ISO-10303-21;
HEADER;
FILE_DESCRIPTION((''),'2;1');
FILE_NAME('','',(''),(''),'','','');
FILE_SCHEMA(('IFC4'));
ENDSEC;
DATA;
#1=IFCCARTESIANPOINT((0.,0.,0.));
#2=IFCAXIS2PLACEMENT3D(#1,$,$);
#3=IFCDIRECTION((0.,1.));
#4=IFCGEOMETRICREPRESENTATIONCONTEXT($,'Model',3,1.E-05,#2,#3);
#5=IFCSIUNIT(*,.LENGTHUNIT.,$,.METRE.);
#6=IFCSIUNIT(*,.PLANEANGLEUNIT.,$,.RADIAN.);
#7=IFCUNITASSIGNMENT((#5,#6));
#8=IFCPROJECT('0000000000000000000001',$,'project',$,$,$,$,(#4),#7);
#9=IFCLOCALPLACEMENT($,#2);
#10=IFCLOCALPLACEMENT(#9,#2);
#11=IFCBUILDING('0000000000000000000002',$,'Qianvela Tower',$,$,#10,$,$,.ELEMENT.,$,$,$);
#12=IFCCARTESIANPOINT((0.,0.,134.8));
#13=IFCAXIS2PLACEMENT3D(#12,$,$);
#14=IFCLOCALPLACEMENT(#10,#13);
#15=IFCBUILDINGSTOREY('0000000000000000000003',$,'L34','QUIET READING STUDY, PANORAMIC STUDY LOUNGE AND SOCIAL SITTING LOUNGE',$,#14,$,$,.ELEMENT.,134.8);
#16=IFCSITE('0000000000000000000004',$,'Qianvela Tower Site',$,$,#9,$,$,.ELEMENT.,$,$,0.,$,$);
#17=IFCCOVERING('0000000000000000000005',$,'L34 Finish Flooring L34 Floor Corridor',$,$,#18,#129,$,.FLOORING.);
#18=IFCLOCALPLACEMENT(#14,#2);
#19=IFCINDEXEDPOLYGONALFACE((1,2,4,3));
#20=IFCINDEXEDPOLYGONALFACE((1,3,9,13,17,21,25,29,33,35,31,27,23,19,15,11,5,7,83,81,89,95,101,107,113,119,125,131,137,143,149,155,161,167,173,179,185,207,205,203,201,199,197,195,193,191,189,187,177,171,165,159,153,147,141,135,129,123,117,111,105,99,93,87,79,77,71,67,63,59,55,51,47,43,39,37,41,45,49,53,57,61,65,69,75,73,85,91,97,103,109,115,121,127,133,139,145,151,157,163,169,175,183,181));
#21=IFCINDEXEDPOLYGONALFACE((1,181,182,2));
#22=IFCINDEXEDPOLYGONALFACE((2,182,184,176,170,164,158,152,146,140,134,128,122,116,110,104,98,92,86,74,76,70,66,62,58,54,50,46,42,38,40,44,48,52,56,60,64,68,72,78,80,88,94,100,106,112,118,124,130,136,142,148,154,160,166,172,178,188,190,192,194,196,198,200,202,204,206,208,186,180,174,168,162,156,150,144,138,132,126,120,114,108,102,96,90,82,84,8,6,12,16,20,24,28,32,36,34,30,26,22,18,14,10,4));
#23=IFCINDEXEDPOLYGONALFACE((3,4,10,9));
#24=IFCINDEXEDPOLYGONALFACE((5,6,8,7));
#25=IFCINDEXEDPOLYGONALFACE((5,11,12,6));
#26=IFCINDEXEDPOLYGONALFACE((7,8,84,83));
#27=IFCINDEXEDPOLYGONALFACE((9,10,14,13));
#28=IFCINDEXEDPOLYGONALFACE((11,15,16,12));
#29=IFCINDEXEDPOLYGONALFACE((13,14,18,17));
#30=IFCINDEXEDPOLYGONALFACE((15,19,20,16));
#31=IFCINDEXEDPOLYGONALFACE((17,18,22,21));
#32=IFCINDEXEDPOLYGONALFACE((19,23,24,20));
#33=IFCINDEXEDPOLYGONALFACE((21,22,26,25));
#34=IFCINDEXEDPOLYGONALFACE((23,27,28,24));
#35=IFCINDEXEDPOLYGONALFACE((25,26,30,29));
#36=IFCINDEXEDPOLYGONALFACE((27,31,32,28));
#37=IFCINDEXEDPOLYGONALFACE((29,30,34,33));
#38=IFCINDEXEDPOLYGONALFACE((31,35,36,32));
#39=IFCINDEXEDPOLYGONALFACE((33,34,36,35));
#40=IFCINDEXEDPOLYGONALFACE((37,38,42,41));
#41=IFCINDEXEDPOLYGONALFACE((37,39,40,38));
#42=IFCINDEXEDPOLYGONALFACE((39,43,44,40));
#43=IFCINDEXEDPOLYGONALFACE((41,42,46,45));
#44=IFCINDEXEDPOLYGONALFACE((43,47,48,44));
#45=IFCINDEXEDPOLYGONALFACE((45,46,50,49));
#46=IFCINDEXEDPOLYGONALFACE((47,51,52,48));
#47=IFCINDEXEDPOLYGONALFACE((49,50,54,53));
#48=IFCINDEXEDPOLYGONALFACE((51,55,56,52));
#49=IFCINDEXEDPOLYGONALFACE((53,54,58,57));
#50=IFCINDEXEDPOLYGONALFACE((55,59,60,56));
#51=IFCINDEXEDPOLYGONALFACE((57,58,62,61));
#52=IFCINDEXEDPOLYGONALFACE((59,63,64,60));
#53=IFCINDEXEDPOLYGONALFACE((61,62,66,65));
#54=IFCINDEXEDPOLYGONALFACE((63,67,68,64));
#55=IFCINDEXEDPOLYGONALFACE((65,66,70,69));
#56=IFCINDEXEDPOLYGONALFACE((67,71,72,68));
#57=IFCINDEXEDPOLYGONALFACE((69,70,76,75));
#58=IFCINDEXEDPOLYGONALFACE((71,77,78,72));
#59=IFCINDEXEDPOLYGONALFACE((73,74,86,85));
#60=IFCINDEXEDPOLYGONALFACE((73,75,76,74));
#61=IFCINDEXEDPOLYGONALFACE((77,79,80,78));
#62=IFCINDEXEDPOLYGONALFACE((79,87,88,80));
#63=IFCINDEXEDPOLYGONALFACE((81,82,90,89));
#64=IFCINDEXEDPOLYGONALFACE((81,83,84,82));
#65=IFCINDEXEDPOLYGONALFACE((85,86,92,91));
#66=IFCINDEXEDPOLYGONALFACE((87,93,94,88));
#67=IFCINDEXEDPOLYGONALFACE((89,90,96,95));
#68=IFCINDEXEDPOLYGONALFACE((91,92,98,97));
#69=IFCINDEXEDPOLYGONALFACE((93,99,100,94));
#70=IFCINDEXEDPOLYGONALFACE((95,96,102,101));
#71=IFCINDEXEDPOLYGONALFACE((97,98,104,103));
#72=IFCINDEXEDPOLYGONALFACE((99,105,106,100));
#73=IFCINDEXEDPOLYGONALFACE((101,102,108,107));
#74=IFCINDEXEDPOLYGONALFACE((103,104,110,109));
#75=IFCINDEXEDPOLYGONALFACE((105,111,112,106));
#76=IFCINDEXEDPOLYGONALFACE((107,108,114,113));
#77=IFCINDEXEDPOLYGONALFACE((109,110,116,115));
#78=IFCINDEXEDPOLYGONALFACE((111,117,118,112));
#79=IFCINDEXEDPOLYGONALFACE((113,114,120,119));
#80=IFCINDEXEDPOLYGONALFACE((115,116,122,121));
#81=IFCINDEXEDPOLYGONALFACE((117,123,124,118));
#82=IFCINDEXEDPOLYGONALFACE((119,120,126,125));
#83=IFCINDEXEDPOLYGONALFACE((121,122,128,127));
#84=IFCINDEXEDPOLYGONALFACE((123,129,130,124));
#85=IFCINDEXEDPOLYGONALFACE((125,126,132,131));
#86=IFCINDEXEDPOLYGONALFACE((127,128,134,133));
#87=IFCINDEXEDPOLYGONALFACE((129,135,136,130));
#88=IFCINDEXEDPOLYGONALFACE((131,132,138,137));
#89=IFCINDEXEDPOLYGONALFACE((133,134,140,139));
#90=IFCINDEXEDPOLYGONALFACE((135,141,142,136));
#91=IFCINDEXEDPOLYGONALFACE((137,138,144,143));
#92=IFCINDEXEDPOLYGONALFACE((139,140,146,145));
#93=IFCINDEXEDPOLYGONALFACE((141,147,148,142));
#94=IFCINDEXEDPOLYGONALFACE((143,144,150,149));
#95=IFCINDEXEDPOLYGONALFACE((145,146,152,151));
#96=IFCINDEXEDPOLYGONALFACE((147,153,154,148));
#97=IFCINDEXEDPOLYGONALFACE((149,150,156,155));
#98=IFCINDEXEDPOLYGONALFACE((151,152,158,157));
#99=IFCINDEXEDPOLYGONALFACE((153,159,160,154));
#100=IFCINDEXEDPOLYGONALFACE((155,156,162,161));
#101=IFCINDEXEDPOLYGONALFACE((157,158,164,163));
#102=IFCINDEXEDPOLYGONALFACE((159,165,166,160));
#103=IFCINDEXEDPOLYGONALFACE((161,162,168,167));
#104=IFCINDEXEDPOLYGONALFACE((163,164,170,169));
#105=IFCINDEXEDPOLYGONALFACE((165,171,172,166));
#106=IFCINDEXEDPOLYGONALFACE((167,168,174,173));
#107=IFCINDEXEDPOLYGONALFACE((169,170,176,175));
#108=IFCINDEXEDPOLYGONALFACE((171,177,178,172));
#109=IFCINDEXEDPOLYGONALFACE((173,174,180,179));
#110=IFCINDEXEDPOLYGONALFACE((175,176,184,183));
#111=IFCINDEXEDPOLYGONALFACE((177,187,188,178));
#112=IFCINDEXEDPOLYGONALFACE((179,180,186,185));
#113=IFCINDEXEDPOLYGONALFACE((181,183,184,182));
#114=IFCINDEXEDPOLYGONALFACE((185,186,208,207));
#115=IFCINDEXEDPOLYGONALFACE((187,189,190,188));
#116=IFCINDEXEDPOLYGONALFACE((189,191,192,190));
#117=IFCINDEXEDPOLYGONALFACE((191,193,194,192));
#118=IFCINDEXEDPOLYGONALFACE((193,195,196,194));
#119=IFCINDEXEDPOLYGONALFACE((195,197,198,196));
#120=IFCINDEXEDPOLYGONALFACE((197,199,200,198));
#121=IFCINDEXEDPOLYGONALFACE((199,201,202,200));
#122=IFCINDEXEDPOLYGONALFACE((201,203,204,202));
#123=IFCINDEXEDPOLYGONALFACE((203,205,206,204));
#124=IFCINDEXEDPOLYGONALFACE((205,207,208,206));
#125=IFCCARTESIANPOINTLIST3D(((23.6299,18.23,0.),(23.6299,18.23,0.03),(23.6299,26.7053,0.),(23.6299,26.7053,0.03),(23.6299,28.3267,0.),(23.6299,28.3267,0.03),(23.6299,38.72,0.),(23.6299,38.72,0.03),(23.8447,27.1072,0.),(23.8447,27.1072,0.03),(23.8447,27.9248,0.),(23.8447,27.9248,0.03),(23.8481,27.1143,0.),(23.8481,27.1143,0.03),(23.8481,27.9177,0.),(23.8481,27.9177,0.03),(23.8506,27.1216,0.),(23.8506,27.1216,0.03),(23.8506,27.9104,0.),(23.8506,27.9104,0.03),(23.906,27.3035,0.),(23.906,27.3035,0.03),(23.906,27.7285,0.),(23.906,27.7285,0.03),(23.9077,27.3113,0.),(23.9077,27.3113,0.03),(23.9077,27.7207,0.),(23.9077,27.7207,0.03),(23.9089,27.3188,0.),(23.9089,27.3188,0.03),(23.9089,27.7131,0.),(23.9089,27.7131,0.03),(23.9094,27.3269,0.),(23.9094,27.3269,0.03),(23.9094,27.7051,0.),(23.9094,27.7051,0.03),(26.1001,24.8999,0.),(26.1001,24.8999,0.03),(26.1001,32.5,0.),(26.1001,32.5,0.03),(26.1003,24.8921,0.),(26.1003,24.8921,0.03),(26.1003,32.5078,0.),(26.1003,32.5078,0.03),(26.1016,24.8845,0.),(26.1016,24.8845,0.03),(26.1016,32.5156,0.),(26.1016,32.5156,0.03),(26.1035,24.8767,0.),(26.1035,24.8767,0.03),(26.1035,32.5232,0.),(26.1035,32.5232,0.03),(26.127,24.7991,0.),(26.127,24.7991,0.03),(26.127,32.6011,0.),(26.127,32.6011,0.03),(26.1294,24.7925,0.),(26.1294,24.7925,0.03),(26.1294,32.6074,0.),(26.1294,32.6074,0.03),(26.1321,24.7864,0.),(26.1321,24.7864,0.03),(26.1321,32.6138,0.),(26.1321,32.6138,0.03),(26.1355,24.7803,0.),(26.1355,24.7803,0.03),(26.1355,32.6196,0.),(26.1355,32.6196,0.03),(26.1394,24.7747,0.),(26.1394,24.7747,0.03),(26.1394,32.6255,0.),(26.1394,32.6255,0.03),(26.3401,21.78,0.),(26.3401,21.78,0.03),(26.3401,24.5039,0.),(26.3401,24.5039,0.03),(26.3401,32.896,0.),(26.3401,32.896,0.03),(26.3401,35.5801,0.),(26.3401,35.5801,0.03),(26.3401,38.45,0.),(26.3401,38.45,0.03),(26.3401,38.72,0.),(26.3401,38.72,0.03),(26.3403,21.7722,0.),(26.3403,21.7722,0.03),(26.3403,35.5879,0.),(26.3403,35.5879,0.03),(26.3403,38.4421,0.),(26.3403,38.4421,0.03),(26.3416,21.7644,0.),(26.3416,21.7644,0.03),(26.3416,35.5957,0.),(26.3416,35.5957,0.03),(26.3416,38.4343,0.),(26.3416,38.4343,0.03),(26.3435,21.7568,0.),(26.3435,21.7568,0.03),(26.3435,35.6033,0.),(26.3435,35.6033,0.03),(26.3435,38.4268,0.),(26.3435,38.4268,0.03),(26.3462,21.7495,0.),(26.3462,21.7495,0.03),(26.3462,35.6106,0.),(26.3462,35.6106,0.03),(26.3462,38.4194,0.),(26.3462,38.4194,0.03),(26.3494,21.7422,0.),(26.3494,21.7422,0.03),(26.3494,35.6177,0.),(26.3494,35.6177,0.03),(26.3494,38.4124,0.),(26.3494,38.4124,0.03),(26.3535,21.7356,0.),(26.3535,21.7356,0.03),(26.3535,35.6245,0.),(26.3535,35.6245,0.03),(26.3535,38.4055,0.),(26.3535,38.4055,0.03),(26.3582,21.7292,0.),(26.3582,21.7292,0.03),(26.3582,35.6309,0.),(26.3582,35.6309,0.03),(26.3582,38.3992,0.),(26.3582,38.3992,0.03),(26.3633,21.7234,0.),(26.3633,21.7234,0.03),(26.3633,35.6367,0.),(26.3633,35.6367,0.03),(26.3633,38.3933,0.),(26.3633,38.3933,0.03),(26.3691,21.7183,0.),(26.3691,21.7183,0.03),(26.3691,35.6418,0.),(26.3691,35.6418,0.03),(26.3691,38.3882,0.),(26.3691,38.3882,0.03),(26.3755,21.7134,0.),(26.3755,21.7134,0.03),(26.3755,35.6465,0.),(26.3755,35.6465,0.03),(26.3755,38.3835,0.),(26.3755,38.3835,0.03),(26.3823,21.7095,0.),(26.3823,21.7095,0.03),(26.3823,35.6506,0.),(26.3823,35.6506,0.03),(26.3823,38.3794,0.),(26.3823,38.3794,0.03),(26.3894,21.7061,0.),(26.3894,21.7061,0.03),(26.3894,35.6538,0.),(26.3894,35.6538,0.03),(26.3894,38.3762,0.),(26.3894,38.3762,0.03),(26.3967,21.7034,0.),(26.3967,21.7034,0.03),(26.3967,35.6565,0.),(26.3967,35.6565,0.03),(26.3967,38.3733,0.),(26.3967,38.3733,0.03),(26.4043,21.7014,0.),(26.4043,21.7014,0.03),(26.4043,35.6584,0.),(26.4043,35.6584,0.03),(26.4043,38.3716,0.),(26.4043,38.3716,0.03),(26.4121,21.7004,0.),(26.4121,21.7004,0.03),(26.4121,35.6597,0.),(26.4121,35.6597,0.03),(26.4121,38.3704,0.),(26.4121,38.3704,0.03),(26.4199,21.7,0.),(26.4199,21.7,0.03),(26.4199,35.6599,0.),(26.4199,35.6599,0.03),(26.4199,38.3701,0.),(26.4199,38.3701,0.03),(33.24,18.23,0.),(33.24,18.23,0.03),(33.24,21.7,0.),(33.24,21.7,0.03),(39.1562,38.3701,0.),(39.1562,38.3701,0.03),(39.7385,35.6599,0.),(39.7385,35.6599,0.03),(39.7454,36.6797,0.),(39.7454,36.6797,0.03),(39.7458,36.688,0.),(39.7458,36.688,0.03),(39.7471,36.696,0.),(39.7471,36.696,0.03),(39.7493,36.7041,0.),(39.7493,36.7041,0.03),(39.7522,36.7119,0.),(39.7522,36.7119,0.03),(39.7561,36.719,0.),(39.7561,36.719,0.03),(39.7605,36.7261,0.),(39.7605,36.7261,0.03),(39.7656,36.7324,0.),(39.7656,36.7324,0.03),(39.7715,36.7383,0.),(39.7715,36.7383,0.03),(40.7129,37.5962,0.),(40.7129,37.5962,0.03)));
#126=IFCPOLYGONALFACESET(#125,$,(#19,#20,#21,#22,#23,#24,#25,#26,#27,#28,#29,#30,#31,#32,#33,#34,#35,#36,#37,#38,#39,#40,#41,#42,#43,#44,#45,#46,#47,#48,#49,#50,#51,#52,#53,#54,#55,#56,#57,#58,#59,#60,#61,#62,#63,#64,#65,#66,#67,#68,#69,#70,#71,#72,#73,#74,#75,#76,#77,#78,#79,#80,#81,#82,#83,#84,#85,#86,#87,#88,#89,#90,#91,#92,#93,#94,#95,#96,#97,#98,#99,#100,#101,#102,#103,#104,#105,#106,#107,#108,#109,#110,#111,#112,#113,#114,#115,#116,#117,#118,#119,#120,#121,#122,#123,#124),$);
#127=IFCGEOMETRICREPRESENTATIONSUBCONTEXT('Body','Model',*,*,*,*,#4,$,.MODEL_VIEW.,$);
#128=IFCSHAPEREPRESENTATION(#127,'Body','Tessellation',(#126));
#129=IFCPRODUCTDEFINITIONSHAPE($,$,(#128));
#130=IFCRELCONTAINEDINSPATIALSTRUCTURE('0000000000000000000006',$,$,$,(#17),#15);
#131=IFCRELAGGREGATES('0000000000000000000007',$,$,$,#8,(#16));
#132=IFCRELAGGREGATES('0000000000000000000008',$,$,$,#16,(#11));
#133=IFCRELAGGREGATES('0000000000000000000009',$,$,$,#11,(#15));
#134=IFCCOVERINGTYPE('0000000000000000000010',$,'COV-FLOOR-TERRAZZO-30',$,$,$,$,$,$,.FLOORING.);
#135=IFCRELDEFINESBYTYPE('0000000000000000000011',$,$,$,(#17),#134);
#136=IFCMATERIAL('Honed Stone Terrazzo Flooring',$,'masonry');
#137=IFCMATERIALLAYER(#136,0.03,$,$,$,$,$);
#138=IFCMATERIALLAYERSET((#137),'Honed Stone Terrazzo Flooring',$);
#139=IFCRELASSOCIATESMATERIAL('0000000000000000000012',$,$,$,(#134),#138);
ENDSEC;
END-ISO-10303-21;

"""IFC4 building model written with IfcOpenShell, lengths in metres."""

from ifc_helpers import new_model, si_unit, direction, frame, origin, place, context, subcontext, project, spatial, polyline, outline, extrude, material, layer, layer_set, type_object, element, save


model = new_model("IFC4")

# Units and contexts
model_context = context("Model", 3, precision=1e-05, world=origin(), true_north=direction((0.0, 1.0)))
body_context = subcontext(model_context, "Body", "Model", "MODEL_VIEW")
ifc_project = project(units=[si_unit("LENGTHUNIT", "METRE"), si_unit("PLANEANGLEUNIT", "RADIAN")], contexts=[model_context])

# Site, building, storey
site_placement = place(None, origin())
site = spatial("IfcSite", under=ifc_project, at=site_placement, Name="Qianvela Tower Site", CompositionType="ELEMENT", RefElevation=0.0)
building_placement = place(site_placement, origin())
building = spatial("IfcBuilding", under=site, at=building_placement, Name="Qianvela Tower", CompositionType="ELEMENT")
storey_placement = place(building_placement, frame((0.0, 0.0, 134.8)))
storey = spatial("IfcBuildingStorey", under=building, at=storey_placement, Name="L34", Description="QUIET READING STUDY, PANORAMIC STUDY LOUNGE AND SOCIAL SITTING LOUNGE", CompositionType="ELEMENT", Elevation=134.8)

# Covering
ifc_material_1 = material(Name="Honed Stone Terrazzo Flooring", Category="masonry")
ifc_layer_1 = layer(ifc_material_1, 0.03)
ifc_layer_set_1 = layer_set([ifc_layer_1], Name="Honed Stone Terrazzo Flooring")
covering_type_1 = type_object("IfcCoveringType", Name="COV-FLOOR-TERRAZZO-30", PredefinedType="FLOORING", material=ifc_layer_set_1)
covering_1_placement = place(storey_placement, origin())
element("IfcCovering", 1, at=covering_1_placement, inside=storey, type_object=covering_type_1, Name="L34 Finish Flooring L34 Floor Corridor", PredefinedType="FLOORING", context=body_context, shape_type="SweptSolid", body=[
    extrude(outline(polyline([(23.8506, 27.9104), (23.8481, 27.9177), (23.8447, 27.9248), (23.6299, 28.3267), (23.6299, 38.72), (26.3401, 38.72), (26.3401, 38.45), (26.3403, 38.4421), (26.3416, 38.4343), (26.3435, 38.4268), (26.3462, 38.4194), (26.3494, 38.4124), (26.3535, 38.4055), (26.3582, 38.3992), (26.3633, 38.3933), (26.3691, 38.3882), (26.3755, 38.3835), (26.3823, 38.3794), (26.3894, 38.3762), (26.3967, 38.3733), (26.4043, 38.3716), (26.4121, 38.3704), (26.4199, 38.3701), (39.1562, 38.3701), (40.7129, 37.5962), (39.7715, 36.7383), (39.7656, 36.7324), (39.7605, 36.7261), (39.7561, 36.719), (39.7522, 36.7119), (39.7493, 36.7041), (39.7471, 36.696), (39.7458, 36.688), (39.7454, 36.6797), (39.7385, 35.6599), (26.4199, 35.6599), (26.4121, 35.6597), (26.4043, 35.6584), (26.3967, 35.6565), (26.3894, 35.6538), (26.3823, 35.6506), (26.3755, 35.6465), (26.3691, 35.6418), (26.3633, 35.6367), (26.3582, 35.6309), (26.3535, 35.6245), (26.3494, 35.6177), (26.3462, 35.6106), (26.3435, 35.6033), (26.3416, 35.5957), (26.3403, 35.5879), (26.3401, 35.5801), (26.3401, 32.896), (26.1394, 32.6255), (26.1355, 32.6196), (26.1321, 32.6138), (26.1294, 32.6074), (26.127, 32.6011), (26.1035, 32.5232), (26.1016, 32.5156), (26.1003, 32.5078), (26.1001, 32.5), (26.1001, 24.8999), (26.1003, 24.8921), (26.1016, 24.8845), (26.1035, 24.8767), (26.127, 24.7991), (26.1294, 24.7925), (26.1321, 24.7864), (26.1355, 24.7803), (26.1394, 24.7747), (26.3401, 24.5039), (26.3401, 21.78), (26.3403, 21.7722), (26.3416, 21.7644), (26.3435, 21.7568), (26.3462, 21.7495), (26.3494, 21.7422), (26.3535, 21.7356), (26.3582, 21.7292), (26.3633, 21.7234), (26.3691, 21.7183), (26.3755, 21.7134), (26.3823, 21.7095), (26.3894, 21.7061), (26.3967, 21.7034), (26.4043, 21.7014), (26.4121, 21.7004), (26.4199, 21.7), (33.24, 21.7), (33.24, 18.23), (23.6299, 18.23), (23.6299, 26.7053), (23.8447, 27.1072), (23.8481, 27.1143), (23.8506, 27.1216), (23.906, 27.3035), (23.9077, 27.3113), (23.9089, 27.3188), (23.9094, 27.3269), (23.9094, 27.7051), (23.9089, 27.7131), (23.9077, 27.7207), (23.906, 27.7285), (23.8506, 27.9104)])), origin(), (0.0, 0.0, 1.0), 0.03),
])

save(model, "model.ifc")
